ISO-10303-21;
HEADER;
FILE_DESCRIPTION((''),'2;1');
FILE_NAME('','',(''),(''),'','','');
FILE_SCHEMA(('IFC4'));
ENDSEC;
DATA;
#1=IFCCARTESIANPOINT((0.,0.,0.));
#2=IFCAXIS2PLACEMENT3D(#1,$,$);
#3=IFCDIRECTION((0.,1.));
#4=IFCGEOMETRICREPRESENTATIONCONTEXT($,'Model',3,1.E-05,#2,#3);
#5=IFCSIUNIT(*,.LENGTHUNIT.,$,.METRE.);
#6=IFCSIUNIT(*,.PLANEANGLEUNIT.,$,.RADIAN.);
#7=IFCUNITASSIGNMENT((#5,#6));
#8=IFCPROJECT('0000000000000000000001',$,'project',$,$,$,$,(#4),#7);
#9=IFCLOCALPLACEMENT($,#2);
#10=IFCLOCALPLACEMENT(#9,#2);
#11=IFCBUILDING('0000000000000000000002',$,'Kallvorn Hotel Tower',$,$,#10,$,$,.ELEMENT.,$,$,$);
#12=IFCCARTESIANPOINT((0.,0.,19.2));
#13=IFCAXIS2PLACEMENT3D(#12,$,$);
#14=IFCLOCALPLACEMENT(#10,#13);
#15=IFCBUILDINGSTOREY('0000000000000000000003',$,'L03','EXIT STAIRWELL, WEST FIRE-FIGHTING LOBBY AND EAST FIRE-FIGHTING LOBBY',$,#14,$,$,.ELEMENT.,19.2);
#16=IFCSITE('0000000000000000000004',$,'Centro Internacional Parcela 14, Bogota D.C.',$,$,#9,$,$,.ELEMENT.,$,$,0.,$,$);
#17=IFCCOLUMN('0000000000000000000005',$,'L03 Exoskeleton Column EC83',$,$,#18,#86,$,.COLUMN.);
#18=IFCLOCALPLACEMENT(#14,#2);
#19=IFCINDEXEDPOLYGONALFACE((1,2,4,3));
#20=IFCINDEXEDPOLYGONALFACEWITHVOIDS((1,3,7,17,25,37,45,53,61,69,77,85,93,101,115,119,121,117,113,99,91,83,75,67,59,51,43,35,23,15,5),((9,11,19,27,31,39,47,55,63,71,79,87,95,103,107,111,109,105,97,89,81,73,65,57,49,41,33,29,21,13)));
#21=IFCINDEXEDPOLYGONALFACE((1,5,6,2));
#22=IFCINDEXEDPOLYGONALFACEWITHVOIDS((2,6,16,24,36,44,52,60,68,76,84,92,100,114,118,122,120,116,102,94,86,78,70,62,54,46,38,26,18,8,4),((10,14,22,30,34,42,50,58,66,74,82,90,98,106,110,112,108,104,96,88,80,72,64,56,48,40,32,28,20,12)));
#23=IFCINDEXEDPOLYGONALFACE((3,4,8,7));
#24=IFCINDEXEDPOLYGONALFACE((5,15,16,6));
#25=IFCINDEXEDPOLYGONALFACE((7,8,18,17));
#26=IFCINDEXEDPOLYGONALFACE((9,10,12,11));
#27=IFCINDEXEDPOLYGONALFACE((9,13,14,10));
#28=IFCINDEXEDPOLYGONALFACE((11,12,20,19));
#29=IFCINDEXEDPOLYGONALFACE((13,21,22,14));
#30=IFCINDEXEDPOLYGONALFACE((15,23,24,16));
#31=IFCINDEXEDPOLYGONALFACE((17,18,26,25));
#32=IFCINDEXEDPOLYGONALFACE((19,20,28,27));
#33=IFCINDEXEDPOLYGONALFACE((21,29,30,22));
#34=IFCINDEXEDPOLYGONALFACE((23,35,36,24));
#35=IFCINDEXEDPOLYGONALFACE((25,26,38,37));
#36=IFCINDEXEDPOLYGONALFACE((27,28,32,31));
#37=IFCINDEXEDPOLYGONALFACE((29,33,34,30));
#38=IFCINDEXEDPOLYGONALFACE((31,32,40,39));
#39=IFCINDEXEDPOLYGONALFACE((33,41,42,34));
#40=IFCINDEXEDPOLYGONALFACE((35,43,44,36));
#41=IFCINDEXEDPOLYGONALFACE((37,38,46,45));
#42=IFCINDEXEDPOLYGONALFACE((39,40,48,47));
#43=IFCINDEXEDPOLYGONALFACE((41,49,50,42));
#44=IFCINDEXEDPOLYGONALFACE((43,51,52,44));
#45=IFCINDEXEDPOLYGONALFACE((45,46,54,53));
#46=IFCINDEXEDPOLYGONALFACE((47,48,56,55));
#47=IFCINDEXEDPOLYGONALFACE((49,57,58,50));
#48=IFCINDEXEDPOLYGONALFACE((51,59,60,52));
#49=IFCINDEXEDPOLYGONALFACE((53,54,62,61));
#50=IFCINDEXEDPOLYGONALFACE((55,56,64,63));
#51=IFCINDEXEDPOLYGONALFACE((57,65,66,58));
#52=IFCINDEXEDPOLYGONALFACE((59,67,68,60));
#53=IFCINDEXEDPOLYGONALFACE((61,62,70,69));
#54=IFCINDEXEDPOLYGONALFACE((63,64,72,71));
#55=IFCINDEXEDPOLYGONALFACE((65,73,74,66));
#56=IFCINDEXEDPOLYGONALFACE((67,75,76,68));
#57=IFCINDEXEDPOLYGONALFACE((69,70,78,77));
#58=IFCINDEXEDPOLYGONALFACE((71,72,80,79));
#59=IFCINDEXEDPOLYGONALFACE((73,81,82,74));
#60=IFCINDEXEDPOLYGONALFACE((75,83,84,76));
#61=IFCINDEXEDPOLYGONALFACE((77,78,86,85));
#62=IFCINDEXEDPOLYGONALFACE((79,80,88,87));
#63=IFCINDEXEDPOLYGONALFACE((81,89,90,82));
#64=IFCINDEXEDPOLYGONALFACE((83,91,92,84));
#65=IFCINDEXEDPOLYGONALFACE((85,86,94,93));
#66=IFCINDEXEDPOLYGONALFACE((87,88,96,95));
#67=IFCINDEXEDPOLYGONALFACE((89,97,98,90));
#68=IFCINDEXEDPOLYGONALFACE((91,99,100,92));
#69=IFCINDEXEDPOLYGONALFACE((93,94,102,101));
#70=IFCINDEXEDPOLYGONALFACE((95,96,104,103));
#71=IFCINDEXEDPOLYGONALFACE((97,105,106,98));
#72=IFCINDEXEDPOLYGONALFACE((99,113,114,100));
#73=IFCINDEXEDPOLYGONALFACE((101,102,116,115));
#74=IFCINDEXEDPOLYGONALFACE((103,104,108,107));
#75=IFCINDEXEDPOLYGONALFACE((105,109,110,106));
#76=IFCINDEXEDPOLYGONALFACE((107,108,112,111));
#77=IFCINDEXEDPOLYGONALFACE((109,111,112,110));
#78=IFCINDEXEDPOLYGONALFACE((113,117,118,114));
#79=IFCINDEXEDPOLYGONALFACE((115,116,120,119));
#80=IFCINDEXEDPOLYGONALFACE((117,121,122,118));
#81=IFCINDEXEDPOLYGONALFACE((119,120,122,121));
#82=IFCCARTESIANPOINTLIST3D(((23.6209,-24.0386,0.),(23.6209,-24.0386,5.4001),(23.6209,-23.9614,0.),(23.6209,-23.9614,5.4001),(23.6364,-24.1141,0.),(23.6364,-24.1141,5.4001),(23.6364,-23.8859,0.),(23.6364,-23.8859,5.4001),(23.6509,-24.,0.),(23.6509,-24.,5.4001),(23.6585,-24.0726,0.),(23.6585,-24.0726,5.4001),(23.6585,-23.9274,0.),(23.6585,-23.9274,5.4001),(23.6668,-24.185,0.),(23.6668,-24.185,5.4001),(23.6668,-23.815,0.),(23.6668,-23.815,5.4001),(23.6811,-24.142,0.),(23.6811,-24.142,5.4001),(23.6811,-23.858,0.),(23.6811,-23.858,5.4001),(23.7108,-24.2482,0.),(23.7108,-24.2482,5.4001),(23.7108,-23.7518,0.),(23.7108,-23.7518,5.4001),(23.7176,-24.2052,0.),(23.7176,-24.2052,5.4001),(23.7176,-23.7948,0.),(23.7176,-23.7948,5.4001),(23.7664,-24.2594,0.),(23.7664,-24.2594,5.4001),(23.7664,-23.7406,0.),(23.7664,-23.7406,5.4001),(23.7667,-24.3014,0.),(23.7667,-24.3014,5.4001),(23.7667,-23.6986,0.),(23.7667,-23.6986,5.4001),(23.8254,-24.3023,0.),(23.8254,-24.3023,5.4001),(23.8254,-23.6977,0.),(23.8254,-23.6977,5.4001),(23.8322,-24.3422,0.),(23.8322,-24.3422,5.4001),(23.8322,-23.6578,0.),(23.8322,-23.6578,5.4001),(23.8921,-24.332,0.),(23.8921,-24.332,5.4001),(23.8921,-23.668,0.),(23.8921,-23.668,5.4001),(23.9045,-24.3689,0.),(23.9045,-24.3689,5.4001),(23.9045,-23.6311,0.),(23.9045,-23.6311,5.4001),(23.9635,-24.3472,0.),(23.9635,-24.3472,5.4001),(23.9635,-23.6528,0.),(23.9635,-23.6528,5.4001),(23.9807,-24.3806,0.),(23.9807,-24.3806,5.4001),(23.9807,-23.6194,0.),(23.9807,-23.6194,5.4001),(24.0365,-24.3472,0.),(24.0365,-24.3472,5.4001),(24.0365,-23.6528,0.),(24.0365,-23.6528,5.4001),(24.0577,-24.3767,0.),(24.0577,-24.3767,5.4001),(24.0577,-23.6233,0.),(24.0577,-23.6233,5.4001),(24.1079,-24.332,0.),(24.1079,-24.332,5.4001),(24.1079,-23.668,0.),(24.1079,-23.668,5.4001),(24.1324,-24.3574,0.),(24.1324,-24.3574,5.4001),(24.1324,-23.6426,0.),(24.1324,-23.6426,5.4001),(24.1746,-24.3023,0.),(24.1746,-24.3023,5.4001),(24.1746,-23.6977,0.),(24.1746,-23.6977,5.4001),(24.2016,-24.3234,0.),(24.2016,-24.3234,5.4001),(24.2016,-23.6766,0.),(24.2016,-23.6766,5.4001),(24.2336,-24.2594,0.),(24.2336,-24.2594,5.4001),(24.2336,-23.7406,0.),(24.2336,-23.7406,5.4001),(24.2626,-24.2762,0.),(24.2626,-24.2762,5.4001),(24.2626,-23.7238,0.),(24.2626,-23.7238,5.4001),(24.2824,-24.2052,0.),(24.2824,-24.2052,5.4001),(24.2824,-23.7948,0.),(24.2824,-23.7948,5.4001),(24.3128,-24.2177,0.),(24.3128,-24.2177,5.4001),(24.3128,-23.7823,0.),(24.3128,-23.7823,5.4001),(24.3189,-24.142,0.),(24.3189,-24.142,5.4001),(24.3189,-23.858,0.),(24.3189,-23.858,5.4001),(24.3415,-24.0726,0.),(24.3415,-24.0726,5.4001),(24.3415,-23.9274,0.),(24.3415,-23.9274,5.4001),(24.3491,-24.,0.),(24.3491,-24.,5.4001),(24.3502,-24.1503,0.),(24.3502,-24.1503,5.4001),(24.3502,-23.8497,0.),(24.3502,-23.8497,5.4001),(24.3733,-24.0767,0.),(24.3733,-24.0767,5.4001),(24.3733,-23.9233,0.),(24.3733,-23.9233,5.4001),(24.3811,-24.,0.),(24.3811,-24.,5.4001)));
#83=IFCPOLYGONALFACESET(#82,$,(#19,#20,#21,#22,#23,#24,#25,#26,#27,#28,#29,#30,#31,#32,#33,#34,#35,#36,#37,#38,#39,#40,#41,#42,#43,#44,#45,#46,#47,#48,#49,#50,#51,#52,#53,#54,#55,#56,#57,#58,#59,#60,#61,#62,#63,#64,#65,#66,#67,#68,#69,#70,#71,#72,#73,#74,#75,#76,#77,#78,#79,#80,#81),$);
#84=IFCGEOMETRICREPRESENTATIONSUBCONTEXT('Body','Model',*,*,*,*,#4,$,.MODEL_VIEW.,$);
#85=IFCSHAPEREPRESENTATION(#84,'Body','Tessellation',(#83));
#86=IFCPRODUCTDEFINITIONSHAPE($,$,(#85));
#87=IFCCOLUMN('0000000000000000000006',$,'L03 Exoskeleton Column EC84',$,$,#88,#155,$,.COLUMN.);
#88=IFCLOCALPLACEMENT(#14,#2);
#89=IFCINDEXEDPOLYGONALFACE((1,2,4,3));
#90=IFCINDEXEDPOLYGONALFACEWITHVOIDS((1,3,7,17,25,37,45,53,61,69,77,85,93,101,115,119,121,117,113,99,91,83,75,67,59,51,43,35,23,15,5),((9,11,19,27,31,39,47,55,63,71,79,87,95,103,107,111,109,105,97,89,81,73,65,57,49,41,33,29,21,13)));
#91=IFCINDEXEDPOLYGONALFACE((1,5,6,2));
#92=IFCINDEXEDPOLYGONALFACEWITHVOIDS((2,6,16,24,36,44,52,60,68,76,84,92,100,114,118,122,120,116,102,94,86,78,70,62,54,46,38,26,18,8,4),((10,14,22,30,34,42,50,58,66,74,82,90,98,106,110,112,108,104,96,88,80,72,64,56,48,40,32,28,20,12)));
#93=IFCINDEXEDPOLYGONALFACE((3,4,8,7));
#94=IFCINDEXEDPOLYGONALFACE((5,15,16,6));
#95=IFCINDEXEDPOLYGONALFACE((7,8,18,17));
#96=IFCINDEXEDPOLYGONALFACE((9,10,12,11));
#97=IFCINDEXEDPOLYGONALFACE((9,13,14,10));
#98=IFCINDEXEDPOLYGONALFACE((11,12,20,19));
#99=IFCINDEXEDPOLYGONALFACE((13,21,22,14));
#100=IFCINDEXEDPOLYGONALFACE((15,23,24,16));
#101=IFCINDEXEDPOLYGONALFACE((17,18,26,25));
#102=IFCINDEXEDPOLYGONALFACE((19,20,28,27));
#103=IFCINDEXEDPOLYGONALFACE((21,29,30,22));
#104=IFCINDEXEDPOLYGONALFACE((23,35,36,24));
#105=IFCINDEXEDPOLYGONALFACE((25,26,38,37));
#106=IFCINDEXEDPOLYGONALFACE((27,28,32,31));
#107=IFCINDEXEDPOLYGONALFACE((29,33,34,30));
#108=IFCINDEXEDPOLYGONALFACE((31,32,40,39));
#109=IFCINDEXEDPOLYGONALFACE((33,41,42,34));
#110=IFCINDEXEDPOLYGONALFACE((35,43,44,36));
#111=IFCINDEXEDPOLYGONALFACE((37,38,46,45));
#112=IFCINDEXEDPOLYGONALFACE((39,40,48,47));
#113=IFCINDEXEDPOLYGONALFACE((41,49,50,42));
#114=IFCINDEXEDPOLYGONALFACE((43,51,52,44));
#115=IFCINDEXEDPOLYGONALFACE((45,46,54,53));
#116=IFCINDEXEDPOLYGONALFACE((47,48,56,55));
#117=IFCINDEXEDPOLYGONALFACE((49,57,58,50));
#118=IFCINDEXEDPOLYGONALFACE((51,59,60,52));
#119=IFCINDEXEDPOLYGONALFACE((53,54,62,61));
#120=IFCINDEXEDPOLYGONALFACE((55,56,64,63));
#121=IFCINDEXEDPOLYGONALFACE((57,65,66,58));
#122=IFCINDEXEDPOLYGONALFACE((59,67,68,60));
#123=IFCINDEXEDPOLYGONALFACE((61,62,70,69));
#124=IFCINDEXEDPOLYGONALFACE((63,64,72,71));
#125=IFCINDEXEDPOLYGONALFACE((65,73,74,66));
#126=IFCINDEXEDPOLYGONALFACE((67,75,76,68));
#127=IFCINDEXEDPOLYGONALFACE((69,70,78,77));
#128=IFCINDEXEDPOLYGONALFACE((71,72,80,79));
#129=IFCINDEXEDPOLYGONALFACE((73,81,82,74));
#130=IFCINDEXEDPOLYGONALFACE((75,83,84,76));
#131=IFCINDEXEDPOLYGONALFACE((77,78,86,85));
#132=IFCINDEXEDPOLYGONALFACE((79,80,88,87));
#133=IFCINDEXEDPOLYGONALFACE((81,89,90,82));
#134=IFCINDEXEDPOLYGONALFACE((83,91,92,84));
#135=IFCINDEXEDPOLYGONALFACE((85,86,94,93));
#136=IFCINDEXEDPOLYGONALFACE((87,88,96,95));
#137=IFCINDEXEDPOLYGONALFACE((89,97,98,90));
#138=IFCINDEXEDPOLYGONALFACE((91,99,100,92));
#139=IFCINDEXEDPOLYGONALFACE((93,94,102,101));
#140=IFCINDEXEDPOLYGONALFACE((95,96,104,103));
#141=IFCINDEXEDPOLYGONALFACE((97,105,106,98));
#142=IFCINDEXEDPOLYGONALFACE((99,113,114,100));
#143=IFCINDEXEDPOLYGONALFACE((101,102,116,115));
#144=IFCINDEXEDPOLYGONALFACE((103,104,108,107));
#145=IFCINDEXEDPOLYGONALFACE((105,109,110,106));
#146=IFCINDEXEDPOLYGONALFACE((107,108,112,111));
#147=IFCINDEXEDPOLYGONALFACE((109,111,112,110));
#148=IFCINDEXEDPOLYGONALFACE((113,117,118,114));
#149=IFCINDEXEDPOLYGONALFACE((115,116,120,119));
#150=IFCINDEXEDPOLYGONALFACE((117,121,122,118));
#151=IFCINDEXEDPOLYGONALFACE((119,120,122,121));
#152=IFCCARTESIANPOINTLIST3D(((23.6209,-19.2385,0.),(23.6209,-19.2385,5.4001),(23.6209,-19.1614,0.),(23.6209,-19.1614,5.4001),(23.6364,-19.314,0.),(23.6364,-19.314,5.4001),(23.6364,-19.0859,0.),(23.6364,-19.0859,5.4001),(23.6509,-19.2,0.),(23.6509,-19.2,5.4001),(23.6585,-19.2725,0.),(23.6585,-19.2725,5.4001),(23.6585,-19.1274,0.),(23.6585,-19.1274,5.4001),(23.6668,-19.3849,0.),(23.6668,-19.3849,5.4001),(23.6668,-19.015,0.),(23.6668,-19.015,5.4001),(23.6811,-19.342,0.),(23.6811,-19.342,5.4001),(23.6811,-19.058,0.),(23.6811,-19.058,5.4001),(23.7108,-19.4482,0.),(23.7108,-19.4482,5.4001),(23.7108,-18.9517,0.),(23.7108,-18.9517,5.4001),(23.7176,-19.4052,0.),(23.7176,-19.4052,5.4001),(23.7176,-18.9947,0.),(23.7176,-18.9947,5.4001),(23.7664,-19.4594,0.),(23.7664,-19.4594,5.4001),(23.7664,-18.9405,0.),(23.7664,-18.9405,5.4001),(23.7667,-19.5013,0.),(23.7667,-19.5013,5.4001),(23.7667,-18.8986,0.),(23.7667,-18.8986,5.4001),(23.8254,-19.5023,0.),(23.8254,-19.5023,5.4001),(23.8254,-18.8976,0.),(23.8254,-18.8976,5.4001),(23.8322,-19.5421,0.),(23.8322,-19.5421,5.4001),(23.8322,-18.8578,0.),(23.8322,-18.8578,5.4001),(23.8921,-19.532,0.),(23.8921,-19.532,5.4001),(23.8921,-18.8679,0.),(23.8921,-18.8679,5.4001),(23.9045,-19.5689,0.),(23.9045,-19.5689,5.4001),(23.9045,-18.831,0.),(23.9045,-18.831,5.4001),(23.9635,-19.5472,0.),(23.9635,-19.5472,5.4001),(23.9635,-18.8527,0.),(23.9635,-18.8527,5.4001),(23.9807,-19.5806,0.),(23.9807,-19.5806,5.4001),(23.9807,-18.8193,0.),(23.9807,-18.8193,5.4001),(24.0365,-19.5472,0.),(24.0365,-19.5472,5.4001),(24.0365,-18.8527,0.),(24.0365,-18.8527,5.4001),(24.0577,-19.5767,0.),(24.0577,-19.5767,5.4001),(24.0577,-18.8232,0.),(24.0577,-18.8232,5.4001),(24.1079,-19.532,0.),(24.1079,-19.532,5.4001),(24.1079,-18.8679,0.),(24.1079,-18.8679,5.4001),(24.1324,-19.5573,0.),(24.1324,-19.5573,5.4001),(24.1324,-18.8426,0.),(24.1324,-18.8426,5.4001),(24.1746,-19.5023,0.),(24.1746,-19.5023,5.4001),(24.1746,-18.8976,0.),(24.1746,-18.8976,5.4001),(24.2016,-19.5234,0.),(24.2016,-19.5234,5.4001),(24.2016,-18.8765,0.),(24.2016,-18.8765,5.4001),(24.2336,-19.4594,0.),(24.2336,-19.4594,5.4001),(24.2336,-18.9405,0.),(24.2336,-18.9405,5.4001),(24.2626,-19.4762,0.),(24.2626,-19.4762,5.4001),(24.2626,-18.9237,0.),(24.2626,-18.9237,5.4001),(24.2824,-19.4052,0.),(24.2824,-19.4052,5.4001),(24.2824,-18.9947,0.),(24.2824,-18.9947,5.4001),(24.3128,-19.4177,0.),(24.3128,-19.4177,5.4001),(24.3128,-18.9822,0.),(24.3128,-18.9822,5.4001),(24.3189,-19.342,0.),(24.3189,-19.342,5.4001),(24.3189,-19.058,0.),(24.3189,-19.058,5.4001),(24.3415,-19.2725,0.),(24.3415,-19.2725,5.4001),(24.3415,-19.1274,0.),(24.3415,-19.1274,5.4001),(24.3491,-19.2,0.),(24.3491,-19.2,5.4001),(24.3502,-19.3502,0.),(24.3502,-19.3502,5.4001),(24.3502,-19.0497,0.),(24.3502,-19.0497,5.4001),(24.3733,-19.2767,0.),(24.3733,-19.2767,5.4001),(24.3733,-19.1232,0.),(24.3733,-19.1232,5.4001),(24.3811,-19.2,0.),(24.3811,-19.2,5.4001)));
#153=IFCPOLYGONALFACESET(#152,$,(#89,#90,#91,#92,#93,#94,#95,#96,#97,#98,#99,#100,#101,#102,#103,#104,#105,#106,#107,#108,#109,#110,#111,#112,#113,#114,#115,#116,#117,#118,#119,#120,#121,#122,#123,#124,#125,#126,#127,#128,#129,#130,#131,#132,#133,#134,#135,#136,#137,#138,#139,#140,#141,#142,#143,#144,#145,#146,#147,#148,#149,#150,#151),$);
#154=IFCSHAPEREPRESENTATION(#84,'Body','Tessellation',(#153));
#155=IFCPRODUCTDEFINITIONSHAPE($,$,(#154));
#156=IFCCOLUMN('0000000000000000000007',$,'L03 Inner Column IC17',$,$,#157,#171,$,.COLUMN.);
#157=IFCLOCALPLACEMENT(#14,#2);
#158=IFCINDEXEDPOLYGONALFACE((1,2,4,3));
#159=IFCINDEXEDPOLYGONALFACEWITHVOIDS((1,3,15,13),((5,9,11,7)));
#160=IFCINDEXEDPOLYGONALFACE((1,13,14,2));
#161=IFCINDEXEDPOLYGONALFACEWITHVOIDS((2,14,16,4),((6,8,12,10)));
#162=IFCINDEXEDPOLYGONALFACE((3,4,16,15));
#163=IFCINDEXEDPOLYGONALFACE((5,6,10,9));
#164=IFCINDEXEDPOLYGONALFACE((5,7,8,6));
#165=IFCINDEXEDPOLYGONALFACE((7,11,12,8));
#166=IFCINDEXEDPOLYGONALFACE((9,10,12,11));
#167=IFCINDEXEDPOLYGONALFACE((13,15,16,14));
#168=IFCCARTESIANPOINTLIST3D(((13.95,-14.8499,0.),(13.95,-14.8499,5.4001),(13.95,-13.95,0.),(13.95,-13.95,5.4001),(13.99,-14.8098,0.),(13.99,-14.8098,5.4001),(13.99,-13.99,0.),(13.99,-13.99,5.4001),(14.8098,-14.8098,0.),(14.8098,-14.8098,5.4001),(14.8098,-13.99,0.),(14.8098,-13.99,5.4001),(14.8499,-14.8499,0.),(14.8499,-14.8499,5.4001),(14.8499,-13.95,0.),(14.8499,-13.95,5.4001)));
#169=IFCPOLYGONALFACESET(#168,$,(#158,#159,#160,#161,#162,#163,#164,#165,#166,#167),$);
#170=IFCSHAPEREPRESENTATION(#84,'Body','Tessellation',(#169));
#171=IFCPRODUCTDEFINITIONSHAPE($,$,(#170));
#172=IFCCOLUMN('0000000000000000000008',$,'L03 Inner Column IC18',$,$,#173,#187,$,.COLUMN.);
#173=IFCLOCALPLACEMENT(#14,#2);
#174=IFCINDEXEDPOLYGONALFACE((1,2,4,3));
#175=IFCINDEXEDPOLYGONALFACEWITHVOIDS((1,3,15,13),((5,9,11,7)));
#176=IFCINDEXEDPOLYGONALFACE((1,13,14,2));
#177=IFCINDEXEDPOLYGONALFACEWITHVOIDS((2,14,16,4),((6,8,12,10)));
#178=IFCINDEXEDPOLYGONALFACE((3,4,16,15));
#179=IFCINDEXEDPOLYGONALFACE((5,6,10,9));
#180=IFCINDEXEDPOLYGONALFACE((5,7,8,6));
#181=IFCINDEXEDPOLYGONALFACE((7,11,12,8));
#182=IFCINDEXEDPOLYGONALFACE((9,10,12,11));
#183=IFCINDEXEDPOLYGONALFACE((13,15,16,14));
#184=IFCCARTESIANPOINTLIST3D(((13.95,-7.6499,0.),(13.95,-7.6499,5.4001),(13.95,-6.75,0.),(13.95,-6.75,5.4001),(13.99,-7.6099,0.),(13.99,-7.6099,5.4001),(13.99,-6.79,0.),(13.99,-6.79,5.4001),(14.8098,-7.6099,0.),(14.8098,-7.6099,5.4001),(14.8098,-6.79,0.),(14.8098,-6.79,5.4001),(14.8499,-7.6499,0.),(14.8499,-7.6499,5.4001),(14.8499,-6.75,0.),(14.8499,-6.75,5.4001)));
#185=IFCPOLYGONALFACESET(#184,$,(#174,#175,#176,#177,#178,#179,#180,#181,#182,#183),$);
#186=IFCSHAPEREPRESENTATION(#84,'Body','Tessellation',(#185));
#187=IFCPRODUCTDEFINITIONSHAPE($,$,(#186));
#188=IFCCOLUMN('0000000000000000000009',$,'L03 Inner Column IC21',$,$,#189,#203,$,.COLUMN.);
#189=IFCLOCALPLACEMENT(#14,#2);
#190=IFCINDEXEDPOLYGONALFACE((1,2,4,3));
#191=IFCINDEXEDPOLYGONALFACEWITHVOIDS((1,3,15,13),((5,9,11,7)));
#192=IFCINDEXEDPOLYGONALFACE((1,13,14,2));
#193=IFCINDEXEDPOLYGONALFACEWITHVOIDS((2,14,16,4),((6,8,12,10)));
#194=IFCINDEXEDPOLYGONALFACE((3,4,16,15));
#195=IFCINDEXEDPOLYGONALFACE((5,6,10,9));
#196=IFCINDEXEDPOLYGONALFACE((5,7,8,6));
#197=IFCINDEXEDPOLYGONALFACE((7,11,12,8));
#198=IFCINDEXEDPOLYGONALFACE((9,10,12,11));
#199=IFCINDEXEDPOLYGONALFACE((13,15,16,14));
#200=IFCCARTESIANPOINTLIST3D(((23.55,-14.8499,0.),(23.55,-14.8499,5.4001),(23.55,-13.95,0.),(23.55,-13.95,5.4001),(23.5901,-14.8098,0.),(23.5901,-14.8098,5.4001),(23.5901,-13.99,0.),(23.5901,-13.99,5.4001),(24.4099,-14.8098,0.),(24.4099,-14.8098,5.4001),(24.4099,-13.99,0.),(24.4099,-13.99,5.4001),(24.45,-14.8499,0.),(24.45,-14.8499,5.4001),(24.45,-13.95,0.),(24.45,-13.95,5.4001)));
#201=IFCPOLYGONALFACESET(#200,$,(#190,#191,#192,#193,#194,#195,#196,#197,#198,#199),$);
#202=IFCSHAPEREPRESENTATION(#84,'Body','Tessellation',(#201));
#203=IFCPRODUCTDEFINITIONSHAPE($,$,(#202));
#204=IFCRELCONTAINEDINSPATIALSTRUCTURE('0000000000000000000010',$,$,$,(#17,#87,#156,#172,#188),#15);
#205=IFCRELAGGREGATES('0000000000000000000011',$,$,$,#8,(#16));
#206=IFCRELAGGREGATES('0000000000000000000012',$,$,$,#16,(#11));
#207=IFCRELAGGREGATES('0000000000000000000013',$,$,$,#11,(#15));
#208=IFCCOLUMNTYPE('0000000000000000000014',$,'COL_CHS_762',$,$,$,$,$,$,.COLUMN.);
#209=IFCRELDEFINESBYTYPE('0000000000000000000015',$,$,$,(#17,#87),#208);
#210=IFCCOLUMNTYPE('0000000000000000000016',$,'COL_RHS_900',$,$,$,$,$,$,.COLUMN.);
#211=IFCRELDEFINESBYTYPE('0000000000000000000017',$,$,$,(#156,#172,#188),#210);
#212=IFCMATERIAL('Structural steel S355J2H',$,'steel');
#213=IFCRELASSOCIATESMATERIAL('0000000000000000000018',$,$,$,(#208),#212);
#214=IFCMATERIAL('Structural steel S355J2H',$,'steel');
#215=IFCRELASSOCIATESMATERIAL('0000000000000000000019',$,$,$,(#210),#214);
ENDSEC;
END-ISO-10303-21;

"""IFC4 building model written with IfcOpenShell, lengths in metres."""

from ifc_helpers import new_model, si_unit, direction, frame, origin, origin_2d, place, context, subcontext, project, spatial, hollow_rectangle, hollow_circle, extrude, material, material_profile, profile_set, type_object, element, save


model = new_model("IFC4")

# Units and contexts
model_context = context("Model", 3, precision=1e-05, world=origin(), true_north=direction((0.0, 1.0)))
body_context = subcontext(model_context, "Body", "Model", "MODEL_VIEW")
ifc_project = project(units=[si_unit("LENGTHUNIT", "METRE"), si_unit("PLANEANGLEUNIT", "RADIAN")], contexts=[model_context])

# Site, building, storey
site_placement = place(None, origin())
site = spatial("IfcSite", under=ifc_project, at=site_placement, Name="Centro Internacional Parcela 14, Bogota D.C.", CompositionType="ELEMENT", RefElevation=0.0)
building_placement = place(site_placement, origin())
building = spatial("IfcBuilding", under=site, at=building_placement, Name="Kallvorn Hotel Tower", CompositionType="ELEMENT")
storey_placement = place(building_placement, frame((0.0, 0.0, 19.2)))
storey = spatial("IfcBuildingStorey", under=building, at=storey_placement, Name="L03", Description="EXIT STAIRWELL, WEST FIRE-FIGHTING LOBBY AND EAST FIRE-FIGHTING LOBBY", CompositionType="ELEMENT", Elevation=19.2)

# Columns
ifc_material_1 = material(Name="Structural steel S355J2H", Category="steel")
ifc_material_profile_1 = material_profile(ifc_material_1, hollow_circle(Radius=0.3811, WallThickness=0.032, at=origin_2d()), Name="CHS 762x32")
ifc_profile_set_1 = profile_set([ifc_material_profile_1], Name="Structural steel S355J2H")
column_type_1 = type_object("IfcColumnType", Name="COL_CHS_762", PredefinedType="COLUMN", material=ifc_profile_set_1)
for number, where, z_axis, x_axis, name in (
    (1, (24.0, -24.0, 0.0), (0.0, 0.0, 1.0), (1.0, 0.0, 0.0), "L03 Exoskeleton Column EC83"),
    (2, (24.0, -19.2, 0.0), (0.0, 0.0, 1.0), (1.0, 0.0, 0.0), "L03 Exoskeleton Column EC84"),
):
    element("IfcColumn", number, at=place(storey_placement, frame(where, z_axis=z_axis, x_axis=x_axis)), inside=storey, type_object=column_type_1, Name=name, PredefinedType="COLUMN", context=body_context, shape_type="SweptSolid", body=[
        extrude(hollow_circle(Radius=0.3811, WallThickness=0.032, at=origin_2d()), origin(), (0.0, 0.0, 1.0), 5.4001),
    ])
ifc_material_2 = material(Name="Structural steel S355J2H", Category="steel")
ifc_material_profile_2 = material_profile(ifc_material_2, hollow_rectangle(XDim=0.8999, YDim=0.8999, WallThickness=0.04, at=origin_2d()), Name="RHS 900x900x40")
ifc_profile_set_2 = profile_set([ifc_material_profile_2], Name="Structural steel S355J2H")
column_type_2 = type_object("IfcColumnType", Name="COL_RHS_900", PredefinedType="COLUMN", material=ifc_profile_set_2)
for number, where, z_axis, x_axis, name in (
    (3, (14.3999, -14.3999, 0.0), (0.0, 0.0, 1.0), (1.0, 0.0, 0.0), "L03 Inner Column IC17"),
    (4, (14.3999, -7.2, 0.0), (0.0, 0.0, 1.0), (1.0, 0.0, 0.0), "L03 Inner Column IC18"),
    (5, (24.0, -14.3999, 0.0), (0.0, 0.0, 1.0), (1.0, 0.0, 0.0), "L03 Inner Column IC21"),
):
    element("IfcColumn", number, at=place(storey_placement, frame(where, z_axis=z_axis, x_axis=x_axis)), inside=storey, type_object=column_type_2, Name=name, PredefinedType="COLUMN", context=body_context, shape_type="SweptSolid", body=[
        extrude(hollow_rectangle(XDim=0.8999, YDim=0.8999, WallThickness=0.04, at=origin_2d()), origin(), (0.0, 0.0, 1.0), 5.4001),
    ])

save(model, "model.ifc")
